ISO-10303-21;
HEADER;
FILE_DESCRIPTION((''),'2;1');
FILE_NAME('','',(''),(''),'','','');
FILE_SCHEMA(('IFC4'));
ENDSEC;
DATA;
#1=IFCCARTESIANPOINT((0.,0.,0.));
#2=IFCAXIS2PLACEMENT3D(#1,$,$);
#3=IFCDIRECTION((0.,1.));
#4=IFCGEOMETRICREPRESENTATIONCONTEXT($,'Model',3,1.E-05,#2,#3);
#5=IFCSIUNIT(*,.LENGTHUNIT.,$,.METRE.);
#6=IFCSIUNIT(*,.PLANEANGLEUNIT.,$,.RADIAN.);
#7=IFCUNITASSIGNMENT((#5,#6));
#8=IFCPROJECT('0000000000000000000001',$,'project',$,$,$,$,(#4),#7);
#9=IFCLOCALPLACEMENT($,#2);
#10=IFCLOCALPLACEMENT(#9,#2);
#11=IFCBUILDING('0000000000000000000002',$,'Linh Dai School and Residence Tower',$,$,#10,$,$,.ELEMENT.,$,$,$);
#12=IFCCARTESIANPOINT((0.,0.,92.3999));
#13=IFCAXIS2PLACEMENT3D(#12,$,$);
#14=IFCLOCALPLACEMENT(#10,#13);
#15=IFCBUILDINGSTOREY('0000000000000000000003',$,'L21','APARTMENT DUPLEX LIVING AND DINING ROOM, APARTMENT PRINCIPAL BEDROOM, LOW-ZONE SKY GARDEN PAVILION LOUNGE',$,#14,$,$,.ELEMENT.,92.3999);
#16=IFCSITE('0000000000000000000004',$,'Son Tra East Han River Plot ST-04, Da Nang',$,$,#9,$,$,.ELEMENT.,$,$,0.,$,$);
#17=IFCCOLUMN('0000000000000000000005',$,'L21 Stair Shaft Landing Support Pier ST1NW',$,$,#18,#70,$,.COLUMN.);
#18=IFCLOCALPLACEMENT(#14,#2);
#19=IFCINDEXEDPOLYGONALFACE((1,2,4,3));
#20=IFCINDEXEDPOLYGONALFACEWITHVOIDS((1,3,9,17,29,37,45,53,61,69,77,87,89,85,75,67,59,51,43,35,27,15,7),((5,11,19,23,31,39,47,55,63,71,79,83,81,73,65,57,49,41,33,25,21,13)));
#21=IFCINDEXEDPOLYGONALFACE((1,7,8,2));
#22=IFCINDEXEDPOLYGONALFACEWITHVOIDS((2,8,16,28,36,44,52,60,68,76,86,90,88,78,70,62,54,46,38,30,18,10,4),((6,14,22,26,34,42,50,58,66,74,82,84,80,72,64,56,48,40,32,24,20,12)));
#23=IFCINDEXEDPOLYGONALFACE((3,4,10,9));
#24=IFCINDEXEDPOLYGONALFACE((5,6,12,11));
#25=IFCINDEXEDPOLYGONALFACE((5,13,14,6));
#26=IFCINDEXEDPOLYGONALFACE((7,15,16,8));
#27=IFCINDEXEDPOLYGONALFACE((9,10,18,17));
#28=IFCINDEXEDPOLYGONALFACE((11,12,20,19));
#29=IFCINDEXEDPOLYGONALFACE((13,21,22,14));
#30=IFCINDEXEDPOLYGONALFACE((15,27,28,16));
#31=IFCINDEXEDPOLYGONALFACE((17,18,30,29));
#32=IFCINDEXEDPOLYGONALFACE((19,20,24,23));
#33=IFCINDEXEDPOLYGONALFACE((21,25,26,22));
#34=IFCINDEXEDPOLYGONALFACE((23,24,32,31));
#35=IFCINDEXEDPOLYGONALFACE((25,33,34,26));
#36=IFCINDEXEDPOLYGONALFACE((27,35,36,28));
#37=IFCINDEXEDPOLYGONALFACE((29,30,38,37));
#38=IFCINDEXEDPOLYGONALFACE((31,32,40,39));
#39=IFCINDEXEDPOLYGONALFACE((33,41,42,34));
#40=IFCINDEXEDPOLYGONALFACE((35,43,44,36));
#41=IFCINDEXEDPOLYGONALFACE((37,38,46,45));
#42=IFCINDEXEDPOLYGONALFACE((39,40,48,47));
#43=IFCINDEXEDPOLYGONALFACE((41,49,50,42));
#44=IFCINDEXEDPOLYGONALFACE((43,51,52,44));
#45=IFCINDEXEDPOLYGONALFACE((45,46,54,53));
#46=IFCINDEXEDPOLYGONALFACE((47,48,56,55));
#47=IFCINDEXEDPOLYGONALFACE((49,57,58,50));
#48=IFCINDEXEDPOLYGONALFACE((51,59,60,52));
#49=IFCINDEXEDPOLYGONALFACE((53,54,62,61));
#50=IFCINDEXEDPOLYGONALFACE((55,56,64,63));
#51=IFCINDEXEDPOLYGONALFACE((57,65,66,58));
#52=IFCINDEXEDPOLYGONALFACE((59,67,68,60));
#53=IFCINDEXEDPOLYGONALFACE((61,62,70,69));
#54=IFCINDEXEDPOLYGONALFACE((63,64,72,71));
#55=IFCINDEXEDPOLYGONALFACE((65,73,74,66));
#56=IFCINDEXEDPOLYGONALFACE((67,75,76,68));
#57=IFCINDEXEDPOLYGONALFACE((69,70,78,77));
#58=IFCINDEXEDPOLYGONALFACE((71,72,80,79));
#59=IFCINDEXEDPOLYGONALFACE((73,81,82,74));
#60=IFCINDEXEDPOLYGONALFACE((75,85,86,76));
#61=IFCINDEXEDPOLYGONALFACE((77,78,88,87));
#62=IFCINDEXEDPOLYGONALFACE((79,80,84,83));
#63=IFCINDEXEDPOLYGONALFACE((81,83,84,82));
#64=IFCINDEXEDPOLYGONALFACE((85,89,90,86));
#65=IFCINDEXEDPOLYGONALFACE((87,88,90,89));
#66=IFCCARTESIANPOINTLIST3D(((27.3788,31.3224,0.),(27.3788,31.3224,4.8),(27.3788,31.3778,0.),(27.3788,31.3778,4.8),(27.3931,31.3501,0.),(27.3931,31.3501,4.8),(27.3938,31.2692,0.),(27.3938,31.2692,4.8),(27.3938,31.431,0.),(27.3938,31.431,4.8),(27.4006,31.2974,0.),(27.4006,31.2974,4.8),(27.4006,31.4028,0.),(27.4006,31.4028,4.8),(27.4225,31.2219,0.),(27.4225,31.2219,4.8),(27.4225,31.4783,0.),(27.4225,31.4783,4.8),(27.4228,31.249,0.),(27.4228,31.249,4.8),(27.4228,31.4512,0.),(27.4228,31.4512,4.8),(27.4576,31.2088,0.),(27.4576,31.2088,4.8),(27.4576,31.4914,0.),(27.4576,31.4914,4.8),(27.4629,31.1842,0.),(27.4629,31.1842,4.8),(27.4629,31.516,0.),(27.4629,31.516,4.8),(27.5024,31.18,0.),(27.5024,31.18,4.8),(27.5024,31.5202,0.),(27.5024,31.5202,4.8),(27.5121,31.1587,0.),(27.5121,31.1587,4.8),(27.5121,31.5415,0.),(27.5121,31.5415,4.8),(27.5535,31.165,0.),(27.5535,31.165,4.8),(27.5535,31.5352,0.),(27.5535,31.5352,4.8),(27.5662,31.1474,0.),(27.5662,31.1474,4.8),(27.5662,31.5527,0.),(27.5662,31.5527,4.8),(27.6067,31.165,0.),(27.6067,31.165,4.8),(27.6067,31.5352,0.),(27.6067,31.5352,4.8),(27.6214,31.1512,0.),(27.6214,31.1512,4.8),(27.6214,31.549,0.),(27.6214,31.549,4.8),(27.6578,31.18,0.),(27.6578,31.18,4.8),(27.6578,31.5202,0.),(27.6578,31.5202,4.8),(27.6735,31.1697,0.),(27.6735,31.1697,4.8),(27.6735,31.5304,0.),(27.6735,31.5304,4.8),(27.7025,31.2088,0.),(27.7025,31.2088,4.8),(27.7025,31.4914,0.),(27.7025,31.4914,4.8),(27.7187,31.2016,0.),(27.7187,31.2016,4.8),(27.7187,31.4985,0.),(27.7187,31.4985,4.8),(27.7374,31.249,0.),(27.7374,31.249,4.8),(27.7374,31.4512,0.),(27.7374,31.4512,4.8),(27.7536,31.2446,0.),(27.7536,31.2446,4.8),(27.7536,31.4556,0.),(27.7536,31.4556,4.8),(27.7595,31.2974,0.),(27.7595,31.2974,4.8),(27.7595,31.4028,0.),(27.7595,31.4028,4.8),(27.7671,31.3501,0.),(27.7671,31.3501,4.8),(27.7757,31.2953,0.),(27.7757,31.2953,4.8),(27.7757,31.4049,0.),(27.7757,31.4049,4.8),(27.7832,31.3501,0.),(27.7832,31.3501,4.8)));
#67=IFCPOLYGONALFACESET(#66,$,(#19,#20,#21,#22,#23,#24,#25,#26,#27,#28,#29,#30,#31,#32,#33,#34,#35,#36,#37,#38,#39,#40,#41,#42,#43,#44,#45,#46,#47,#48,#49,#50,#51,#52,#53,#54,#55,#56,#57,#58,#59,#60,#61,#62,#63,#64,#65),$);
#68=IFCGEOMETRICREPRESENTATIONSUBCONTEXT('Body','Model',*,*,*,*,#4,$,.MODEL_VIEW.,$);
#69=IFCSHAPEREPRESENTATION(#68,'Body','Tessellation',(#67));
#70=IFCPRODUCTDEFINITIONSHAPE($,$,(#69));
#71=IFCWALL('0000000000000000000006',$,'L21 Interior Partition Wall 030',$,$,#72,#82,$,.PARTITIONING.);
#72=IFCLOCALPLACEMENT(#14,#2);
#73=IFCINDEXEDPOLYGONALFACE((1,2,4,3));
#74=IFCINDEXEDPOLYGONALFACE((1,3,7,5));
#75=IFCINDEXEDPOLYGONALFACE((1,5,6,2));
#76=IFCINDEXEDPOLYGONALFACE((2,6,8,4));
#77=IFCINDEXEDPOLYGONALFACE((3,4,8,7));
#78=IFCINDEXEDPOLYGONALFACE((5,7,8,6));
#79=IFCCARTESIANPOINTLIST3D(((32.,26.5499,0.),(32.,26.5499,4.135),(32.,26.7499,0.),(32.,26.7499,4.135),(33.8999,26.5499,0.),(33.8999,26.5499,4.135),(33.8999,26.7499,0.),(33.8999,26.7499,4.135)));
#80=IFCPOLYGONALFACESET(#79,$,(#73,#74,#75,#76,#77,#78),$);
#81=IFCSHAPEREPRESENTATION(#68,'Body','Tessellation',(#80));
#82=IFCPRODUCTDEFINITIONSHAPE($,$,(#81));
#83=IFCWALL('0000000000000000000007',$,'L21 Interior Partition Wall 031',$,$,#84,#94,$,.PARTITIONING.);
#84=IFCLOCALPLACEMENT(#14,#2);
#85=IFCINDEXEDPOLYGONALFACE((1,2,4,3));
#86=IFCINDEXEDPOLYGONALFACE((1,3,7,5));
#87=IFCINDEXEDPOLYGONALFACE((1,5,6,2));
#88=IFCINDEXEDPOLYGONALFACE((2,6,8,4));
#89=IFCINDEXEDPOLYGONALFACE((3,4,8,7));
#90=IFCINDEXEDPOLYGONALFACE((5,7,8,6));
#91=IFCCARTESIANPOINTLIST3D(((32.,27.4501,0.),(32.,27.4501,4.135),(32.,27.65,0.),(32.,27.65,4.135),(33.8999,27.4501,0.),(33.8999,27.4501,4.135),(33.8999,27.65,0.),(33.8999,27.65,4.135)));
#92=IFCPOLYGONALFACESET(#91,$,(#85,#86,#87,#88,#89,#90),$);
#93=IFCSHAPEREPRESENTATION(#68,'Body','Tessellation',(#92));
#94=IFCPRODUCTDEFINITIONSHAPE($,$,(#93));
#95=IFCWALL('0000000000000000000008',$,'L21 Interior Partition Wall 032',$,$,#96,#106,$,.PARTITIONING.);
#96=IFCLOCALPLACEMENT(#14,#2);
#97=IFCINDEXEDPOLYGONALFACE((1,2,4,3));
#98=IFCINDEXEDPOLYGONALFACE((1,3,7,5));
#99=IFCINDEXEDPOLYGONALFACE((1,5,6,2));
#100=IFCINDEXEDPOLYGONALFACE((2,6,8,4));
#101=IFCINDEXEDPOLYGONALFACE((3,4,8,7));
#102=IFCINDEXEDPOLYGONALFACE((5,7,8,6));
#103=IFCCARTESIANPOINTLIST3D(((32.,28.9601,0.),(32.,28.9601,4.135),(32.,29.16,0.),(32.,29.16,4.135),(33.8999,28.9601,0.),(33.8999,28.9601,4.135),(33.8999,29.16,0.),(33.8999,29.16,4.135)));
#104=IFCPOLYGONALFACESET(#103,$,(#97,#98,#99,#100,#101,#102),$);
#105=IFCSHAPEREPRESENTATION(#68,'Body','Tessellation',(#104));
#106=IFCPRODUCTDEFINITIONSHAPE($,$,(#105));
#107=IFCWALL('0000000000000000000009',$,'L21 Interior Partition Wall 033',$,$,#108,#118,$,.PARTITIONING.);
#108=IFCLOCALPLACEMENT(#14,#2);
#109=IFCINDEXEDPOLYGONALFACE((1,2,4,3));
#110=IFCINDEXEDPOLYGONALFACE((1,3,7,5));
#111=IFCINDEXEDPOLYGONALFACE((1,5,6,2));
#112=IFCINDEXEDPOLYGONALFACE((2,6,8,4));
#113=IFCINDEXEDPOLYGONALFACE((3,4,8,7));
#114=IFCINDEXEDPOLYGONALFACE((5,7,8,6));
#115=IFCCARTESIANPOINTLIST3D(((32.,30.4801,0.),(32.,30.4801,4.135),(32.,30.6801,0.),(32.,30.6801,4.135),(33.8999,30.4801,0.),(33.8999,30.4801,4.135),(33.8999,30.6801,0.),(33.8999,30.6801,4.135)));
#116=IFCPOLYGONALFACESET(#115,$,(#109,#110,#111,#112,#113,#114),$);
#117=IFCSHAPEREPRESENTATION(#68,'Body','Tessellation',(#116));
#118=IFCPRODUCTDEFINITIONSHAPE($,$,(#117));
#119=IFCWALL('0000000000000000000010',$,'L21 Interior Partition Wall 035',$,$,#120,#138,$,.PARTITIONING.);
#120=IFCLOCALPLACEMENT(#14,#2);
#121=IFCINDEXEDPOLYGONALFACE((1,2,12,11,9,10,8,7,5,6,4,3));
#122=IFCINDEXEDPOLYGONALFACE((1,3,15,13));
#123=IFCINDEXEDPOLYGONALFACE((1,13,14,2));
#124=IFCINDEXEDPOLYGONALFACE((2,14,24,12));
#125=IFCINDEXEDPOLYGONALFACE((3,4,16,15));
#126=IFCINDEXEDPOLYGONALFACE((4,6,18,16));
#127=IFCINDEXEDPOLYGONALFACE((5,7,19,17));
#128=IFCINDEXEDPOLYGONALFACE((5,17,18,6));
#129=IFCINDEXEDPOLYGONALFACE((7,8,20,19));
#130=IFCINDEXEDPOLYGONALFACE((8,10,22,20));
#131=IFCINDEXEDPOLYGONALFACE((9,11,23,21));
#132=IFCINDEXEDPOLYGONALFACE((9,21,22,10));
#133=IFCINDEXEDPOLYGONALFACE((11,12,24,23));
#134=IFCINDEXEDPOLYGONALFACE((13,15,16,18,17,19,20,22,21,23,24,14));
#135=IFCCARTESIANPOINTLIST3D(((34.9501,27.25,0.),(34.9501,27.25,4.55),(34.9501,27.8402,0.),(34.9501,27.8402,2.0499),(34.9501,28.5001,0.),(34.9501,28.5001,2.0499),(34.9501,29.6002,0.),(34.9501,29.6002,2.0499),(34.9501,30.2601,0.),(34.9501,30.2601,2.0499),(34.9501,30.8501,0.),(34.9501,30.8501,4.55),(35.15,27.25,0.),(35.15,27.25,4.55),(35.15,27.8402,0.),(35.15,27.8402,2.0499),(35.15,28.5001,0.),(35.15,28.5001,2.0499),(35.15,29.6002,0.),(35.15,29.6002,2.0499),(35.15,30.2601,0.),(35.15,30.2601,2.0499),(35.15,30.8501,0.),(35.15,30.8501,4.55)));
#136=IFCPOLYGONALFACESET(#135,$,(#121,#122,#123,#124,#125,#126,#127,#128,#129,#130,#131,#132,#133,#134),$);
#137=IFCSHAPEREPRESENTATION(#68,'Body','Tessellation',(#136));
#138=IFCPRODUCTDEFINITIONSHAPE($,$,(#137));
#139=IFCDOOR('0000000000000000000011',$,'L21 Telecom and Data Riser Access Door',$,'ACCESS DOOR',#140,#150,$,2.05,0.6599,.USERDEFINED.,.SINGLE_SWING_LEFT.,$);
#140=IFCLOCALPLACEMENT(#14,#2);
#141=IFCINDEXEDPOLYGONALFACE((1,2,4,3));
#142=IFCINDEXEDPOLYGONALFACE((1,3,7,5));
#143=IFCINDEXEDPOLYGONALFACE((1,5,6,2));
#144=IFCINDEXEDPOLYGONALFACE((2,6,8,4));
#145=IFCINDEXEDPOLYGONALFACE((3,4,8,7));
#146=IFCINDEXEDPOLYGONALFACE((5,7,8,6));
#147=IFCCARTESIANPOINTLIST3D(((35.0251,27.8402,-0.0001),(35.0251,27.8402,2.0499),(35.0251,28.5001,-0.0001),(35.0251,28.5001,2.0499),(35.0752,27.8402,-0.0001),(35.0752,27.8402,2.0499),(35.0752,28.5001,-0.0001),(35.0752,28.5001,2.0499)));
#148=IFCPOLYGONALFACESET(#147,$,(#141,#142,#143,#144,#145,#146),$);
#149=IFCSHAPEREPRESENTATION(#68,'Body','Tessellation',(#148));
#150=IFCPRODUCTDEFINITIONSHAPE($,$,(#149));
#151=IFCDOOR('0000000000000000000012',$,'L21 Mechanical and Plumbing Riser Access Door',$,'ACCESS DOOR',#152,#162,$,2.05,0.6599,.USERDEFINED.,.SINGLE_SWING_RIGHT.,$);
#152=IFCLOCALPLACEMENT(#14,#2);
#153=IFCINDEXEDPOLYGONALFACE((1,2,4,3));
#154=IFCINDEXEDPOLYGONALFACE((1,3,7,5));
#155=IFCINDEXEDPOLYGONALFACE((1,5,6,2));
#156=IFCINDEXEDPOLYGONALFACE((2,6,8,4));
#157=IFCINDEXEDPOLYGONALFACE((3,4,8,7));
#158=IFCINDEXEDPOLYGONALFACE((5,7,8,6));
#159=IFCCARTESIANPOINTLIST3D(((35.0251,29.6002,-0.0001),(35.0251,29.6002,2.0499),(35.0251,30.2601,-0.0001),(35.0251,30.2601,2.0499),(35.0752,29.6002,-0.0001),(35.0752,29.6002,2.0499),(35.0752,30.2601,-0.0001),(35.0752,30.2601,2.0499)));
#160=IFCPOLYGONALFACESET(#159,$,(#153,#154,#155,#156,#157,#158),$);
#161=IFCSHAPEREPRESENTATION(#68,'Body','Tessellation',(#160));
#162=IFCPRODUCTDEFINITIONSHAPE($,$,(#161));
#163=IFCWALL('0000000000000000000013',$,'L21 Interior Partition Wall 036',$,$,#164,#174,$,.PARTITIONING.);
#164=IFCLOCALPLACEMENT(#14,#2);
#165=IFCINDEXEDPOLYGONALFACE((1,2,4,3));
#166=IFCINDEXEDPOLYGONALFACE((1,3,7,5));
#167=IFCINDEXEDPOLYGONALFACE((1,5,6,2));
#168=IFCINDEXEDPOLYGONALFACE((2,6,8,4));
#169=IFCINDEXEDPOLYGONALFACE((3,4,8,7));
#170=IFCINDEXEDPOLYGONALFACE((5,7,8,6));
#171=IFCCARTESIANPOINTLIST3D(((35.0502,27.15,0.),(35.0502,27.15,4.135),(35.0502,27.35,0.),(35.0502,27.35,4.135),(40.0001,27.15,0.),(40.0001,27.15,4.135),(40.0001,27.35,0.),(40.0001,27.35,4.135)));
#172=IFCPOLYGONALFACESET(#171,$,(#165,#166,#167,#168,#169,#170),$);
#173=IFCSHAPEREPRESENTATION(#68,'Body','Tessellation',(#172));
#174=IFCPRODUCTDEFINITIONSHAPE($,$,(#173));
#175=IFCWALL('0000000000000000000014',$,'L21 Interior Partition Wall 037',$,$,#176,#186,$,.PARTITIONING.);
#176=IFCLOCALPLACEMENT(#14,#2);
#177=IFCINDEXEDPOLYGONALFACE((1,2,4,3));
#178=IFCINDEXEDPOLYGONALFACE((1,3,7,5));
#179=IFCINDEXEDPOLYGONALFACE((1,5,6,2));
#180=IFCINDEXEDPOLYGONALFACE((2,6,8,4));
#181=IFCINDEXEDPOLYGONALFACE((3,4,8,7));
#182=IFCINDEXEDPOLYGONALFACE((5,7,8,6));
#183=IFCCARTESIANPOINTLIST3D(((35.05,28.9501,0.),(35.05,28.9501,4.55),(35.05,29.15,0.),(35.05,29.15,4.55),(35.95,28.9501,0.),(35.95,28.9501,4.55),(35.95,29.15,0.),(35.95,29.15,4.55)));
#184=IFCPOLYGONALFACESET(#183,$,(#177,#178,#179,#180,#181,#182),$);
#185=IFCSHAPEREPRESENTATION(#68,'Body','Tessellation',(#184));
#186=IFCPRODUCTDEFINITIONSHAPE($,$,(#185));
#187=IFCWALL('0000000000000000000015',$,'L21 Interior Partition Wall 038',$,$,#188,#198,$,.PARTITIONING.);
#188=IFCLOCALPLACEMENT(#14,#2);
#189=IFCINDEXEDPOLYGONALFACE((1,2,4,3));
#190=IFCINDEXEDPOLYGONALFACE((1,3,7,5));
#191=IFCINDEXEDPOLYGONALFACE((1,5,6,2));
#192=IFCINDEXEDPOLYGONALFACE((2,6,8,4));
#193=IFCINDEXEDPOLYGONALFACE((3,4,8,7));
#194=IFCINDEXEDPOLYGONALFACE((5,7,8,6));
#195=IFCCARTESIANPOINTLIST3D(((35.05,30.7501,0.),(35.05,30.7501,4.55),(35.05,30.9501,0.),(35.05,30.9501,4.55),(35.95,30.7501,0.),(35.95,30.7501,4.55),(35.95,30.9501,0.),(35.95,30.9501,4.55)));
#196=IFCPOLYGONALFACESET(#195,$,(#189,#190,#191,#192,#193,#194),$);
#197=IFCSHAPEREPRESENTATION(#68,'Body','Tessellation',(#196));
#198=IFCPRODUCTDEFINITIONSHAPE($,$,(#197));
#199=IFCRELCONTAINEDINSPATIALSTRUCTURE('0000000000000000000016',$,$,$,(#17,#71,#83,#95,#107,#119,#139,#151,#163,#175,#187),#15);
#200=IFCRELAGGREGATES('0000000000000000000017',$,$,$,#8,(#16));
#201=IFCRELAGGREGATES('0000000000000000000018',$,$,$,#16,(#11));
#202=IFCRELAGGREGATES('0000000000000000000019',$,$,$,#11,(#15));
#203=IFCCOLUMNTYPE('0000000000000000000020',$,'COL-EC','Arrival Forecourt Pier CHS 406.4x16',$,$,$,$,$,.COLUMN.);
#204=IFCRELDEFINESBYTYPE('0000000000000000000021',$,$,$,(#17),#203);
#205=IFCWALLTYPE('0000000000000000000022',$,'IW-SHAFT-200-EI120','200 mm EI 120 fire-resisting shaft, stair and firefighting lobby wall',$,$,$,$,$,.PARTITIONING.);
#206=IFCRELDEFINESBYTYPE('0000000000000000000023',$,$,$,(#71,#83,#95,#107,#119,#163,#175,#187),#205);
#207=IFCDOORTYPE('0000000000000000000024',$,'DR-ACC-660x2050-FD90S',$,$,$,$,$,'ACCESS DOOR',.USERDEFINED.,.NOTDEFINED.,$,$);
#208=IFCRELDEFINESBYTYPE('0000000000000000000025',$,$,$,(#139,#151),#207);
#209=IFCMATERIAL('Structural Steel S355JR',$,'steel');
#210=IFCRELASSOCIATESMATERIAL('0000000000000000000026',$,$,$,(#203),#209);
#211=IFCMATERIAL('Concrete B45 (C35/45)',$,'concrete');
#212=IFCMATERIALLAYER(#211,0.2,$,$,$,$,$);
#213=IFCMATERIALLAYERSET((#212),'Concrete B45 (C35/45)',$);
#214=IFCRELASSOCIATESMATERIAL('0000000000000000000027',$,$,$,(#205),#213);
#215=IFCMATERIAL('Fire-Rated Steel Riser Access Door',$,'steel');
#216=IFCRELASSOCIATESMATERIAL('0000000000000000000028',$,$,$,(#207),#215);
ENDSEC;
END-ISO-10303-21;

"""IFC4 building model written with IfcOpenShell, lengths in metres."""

from ifc_helpers import new_model, si_unit, direction, frame, frame_2d, origin, origin_2d, place, context, subcontext, project, spatial, rectangle, hollow_circle, extrude, source, transform, mapped, material, layer, layer_set, material_profile, profile_set, type_object, element, fill, save


model = new_model("IFC4")

# Units and contexts
model_context = context("Model", 3, precision=1e-05, world=origin(), true_north=direction((0.0, 1.0)))
body_context = subcontext(model_context, "Body", "Model", "MODEL_VIEW")
ifc_project = project(units=[si_unit("LENGTHUNIT", "METRE"), si_unit("PLANEANGLEUNIT", "RADIAN")], contexts=[model_context])

# Site, building, storey
site_placement = place(None, origin())
site = spatial("IfcSite", under=ifc_project, at=site_placement, Name="Son Tra East Han River Plot ST-04, Da Nang", CompositionType="ELEMENT", RefElevation=0.0)
building_placement = place(site_placement, origin())
building = spatial("IfcBuilding", under=site, at=building_placement, Name="Linh Dai School and Residence Tower", CompositionType="ELEMENT")
storey_placement = place(building_placement, frame((0.0, 0.0, 92.3999)))
storey = spatial("IfcBuildingStorey", under=building, at=storey_placement, Name="L21", Description="APARTMENT DUPLEX LIVING AND DINING ROOM, APARTMENT PRINCIPAL BEDROOM, LOW-ZONE SKY GARDEN PAVILION LOUNGE", CompositionType="ELEMENT", Elevation=92.3999)

# Column
ifc_material_1 = material(Name="Structural Steel S355JR", Category="steel")
ifc_material_profile = material_profile(ifc_material_1, hollow_circle(Radius=0.2031, WallThickness=0.0161, at=origin_2d()), Name="CHS 406.4x16")
ifc_profile_set = profile_set([ifc_material_profile], Name="Structural Steel S355JR")
column_type = type_object("IfcColumnType", Name="COL-EC", Description="Arrival Forecourt Pier CHS 406.4x16", PredefinedType="COLUMN", material=ifc_profile_set)
column_placement = place(storey_placement, frame((27.5801, 31.3501, 0.0), z_axis=(0.0, 0.0, 1.0), x_axis=(1.0, 0.0, 0.0)))
element("IfcColumn", 1, at=column_placement, inside=storey, type_object=column_type, Name="L21 Stair Shaft Landing Support Pier ST1NW", PredefinedType="COLUMN", context=body_context, shape_type="SweptSolid", body=[
    extrude(hollow_circle(Radius=0.2031, WallThickness=0.0161, at=origin_2d()), origin(), (0.0, 0.0, 1.0), 4.8),
])

# Walls
ifc_material_2 = material(Name="Concrete B45 (C35/45)", Category="concrete")
ifc_layer_1 = layer(ifc_material_2, 0.2)
ifc_layer_set_1 = layer_set([ifc_layer_1], Name="Concrete B45 (C35/45)")
wall_type_1 = type_object("IfcWallType", Name="IW-SHAFT-200-EI120", Description="200 mm EI 120 fire-resisting shaft, stair and firefighting lobby wall", PredefinedType="PARTITIONING", material=ifc_layer_set_1)
for number, where, z_axis, x_axis, name in (
    (2, (32.0, 26.6499, 0.0), (0.0, 0.0, 1.0), (1.0, 0.0, 0.0), "L21 Interior Partition Wall 030"),
    (3, (32.0, 27.55, 0.0), (0.0, 0.0, 1.0), (1.0, 0.0, 0.0), "L21 Interior Partition Wall 031"),
    (4, (32.0, 29.0601, 0.0), (0.0, 0.0, 1.0), (1.0, 0.0, 0.0), "L21 Interior Partition Wall 032"),
    (5, (32.0, 30.5801, 0.0), (0.0, 0.0, 1.0), (1.0, 0.0, 0.0), "L21 Interior Partition Wall 033"),
):
    element("IfcWall", number, at=place(storey_placement, frame(where, z_axis=z_axis, x_axis=x_axis)), inside=storey, type_object=wall_type_1, Name=name, PredefinedType="PARTITIONING", context=body_context, shape_type="SweptSolid", body=[
        extrude(rectangle(XDim=1.8999, YDim=0.2, at=frame_2d((0.95, 0.0))), origin(), (0.0, 0.0, 1.0), 4.135),
    ])

# Wall, openings, doors
wall_1_placement = place(storey_placement, frame((35.05, 27.25, 0.0), z_axis=(0.0, 0.0, 1.0), x_axis=(0.0, 1.0, 0.0)))
wall_1 = element("IfcWall", 6, at=wall_1_placement, inside=storey, type_object=wall_type_1, Name="L21 Interior Partition Wall 035", PredefinedType="PARTITIONING", context=body_context, shape_type="SweptSolid", body=[
    extrude(rectangle(XDim=3.6001, YDim=0.2, at=frame_2d((1.8, 0.0))), origin(), (0.0, 0.0, 1.0), 4.55),
])
opening_1_placement = place(wall_1_placement, frame((0.5901, 0.0, 0.0)))
opening_1 = element("IfcOpeningElement", 7, at=opening_1_placement, cuts=wall_1, PredefinedType="OPENING", context=body_context, shape_type="SweptSolid", body=[
    extrude(rectangle(XDim=0.6599, YDim=2.05, at=origin_2d()), frame((0.3301, 0.1099, 1.0249), z_axis=(0.0, -1.0, 0.0), x_axis=(1.0, 0.0, 0.0)), (0.0, 0.0, 1.0), 0.22),
])
opening_2_placement = place(wall_1_placement, frame((2.3501, 0.0, 0.0)))
opening_2 = element("IfcOpeningElement", 8, at=opening_2_placement, cuts=wall_1, PredefinedType="OPENING", context=body_context, shape_type="SweptSolid", body=[
    extrude(rectangle(XDim=0.6599, YDim=2.05, at=origin_2d()), frame((0.3301, 0.1099, 1.0249), z_axis=(0.0, -1.0, 0.0), x_axis=(1.0, 0.0, 0.0)), (0.0, 0.0, 1.0), 0.22),
])
ifc_material_3 = material(Name="Fire-Rated Steel Riser Access Door", Category="steel")
door_type_1 = type_object("IfcDoorType", Name="DR-ACC-660x2050-FD90S", ElementType="ACCESS DOOR", OperationType="NOTDEFINED", PredefinedType="USERDEFINED", material=ifc_material_3)
shared_shape_1 = source(origin(), body_context, "Body", "SweptSolid", [
    extrude(rectangle(XDim=0.6599, YDim=2.05, at=origin_2d()), frame((0.3301, 0.0249, 1.0249), z_axis=(0.0, -1.0, 0.0), x_axis=(1.0, 0.0, 0.0)), (0.0, 0.0, 1.0), 0.05),
])
door_1_placement = place(opening_1_placement, origin())
door_1 = element("IfcDoor", 9, at=door_1_placement, inside=storey, type_object=door_type_1, Name="L21 Telecom and Data Riser Access Door", ObjectType="ACCESS DOOR", OperationType="SINGLE_SWING_LEFT", OverallHeight=2.05, OverallWidth=0.6599, PredefinedType="USERDEFINED", context=body_context, shape_type="MappedRepresentation", body=[
    mapped(shared_shape_1, transform((0.0, 0.0, 0.0), x_axis=(1.0, 0.0, 0.0), y_axis=(0.0, 1.0, 0.0), z_axis=(0.0, 0.0, 1.0), scale=1.0)),
])
fill(opening_1, door_1)
door_2_placement = place(opening_2_placement, origin())
door_2 = element("IfcDoor", 10, at=door_2_placement, inside=storey, type_object=door_type_1, Name="L21 Mechanical and Plumbing Riser Access Door", ObjectType="ACCESS DOOR", OperationType="SINGLE_SWING_RIGHT", OverallHeight=2.05, OverallWidth=0.6599, PredefinedType="USERDEFINED", context=body_context, shape_type="MappedRepresentation", body=[
    mapped(shared_shape_1, transform((0.0, 0.0, 0.0), x_axis=(1.0, 0.0, 0.0), y_axis=(0.0, 1.0, 0.0), z_axis=(0.0, 0.0, 1.0), scale=1.0)),
])
fill(opening_2, door_2)

# Walls
wall_2_placement = place(storey_placement, frame((35.05, 27.25, 0.0), z_axis=(0.0, 0.0, 1.0), x_axis=(1.0, 0.0, 0.0)))
element("IfcWall", 11, at=wall_2_placement, inside=storey, type_object=wall_type_1, Name="L21 Interior Partition Wall 036", PredefinedType="PARTITIONING", context=body_context, shape_type="SweptSolid", body=[
    extrude(rectangle(XDim=4.95, YDim=0.2, at=frame_2d((2.4751, 0.0))), origin(), (0.0, 0.0, 1.0), 4.135),
])
for number, where, z_axis, x_axis, name in (
    (12, (35.05, 29.05, 0.0), (0.0, 0.0, 1.0), (1.0, 0.0, 0.0), "L21 Interior Partition Wall 037"),
    (13, (35.05, 30.8501, 0.0), (0.0, 0.0, 1.0), (1.0, 0.0, 0.0), "L21 Interior Partition Wall 038"),
):
    element("IfcWall", number, at=place(storey_placement, frame(where, z_axis=z_axis, x_axis=x_axis)), inside=storey, type_object=wall_type_1, Name=name, PredefinedType="PARTITIONING", context=body_context, shape_type="SweptSolid", body=[
        extrude(rectangle(XDim=0.8999, YDim=0.2, at=frame_2d((0.45, 0.0))), origin(), (0.0, 0.0, 1.0), 4.55),
    ])

save(model, "model.ifc")
